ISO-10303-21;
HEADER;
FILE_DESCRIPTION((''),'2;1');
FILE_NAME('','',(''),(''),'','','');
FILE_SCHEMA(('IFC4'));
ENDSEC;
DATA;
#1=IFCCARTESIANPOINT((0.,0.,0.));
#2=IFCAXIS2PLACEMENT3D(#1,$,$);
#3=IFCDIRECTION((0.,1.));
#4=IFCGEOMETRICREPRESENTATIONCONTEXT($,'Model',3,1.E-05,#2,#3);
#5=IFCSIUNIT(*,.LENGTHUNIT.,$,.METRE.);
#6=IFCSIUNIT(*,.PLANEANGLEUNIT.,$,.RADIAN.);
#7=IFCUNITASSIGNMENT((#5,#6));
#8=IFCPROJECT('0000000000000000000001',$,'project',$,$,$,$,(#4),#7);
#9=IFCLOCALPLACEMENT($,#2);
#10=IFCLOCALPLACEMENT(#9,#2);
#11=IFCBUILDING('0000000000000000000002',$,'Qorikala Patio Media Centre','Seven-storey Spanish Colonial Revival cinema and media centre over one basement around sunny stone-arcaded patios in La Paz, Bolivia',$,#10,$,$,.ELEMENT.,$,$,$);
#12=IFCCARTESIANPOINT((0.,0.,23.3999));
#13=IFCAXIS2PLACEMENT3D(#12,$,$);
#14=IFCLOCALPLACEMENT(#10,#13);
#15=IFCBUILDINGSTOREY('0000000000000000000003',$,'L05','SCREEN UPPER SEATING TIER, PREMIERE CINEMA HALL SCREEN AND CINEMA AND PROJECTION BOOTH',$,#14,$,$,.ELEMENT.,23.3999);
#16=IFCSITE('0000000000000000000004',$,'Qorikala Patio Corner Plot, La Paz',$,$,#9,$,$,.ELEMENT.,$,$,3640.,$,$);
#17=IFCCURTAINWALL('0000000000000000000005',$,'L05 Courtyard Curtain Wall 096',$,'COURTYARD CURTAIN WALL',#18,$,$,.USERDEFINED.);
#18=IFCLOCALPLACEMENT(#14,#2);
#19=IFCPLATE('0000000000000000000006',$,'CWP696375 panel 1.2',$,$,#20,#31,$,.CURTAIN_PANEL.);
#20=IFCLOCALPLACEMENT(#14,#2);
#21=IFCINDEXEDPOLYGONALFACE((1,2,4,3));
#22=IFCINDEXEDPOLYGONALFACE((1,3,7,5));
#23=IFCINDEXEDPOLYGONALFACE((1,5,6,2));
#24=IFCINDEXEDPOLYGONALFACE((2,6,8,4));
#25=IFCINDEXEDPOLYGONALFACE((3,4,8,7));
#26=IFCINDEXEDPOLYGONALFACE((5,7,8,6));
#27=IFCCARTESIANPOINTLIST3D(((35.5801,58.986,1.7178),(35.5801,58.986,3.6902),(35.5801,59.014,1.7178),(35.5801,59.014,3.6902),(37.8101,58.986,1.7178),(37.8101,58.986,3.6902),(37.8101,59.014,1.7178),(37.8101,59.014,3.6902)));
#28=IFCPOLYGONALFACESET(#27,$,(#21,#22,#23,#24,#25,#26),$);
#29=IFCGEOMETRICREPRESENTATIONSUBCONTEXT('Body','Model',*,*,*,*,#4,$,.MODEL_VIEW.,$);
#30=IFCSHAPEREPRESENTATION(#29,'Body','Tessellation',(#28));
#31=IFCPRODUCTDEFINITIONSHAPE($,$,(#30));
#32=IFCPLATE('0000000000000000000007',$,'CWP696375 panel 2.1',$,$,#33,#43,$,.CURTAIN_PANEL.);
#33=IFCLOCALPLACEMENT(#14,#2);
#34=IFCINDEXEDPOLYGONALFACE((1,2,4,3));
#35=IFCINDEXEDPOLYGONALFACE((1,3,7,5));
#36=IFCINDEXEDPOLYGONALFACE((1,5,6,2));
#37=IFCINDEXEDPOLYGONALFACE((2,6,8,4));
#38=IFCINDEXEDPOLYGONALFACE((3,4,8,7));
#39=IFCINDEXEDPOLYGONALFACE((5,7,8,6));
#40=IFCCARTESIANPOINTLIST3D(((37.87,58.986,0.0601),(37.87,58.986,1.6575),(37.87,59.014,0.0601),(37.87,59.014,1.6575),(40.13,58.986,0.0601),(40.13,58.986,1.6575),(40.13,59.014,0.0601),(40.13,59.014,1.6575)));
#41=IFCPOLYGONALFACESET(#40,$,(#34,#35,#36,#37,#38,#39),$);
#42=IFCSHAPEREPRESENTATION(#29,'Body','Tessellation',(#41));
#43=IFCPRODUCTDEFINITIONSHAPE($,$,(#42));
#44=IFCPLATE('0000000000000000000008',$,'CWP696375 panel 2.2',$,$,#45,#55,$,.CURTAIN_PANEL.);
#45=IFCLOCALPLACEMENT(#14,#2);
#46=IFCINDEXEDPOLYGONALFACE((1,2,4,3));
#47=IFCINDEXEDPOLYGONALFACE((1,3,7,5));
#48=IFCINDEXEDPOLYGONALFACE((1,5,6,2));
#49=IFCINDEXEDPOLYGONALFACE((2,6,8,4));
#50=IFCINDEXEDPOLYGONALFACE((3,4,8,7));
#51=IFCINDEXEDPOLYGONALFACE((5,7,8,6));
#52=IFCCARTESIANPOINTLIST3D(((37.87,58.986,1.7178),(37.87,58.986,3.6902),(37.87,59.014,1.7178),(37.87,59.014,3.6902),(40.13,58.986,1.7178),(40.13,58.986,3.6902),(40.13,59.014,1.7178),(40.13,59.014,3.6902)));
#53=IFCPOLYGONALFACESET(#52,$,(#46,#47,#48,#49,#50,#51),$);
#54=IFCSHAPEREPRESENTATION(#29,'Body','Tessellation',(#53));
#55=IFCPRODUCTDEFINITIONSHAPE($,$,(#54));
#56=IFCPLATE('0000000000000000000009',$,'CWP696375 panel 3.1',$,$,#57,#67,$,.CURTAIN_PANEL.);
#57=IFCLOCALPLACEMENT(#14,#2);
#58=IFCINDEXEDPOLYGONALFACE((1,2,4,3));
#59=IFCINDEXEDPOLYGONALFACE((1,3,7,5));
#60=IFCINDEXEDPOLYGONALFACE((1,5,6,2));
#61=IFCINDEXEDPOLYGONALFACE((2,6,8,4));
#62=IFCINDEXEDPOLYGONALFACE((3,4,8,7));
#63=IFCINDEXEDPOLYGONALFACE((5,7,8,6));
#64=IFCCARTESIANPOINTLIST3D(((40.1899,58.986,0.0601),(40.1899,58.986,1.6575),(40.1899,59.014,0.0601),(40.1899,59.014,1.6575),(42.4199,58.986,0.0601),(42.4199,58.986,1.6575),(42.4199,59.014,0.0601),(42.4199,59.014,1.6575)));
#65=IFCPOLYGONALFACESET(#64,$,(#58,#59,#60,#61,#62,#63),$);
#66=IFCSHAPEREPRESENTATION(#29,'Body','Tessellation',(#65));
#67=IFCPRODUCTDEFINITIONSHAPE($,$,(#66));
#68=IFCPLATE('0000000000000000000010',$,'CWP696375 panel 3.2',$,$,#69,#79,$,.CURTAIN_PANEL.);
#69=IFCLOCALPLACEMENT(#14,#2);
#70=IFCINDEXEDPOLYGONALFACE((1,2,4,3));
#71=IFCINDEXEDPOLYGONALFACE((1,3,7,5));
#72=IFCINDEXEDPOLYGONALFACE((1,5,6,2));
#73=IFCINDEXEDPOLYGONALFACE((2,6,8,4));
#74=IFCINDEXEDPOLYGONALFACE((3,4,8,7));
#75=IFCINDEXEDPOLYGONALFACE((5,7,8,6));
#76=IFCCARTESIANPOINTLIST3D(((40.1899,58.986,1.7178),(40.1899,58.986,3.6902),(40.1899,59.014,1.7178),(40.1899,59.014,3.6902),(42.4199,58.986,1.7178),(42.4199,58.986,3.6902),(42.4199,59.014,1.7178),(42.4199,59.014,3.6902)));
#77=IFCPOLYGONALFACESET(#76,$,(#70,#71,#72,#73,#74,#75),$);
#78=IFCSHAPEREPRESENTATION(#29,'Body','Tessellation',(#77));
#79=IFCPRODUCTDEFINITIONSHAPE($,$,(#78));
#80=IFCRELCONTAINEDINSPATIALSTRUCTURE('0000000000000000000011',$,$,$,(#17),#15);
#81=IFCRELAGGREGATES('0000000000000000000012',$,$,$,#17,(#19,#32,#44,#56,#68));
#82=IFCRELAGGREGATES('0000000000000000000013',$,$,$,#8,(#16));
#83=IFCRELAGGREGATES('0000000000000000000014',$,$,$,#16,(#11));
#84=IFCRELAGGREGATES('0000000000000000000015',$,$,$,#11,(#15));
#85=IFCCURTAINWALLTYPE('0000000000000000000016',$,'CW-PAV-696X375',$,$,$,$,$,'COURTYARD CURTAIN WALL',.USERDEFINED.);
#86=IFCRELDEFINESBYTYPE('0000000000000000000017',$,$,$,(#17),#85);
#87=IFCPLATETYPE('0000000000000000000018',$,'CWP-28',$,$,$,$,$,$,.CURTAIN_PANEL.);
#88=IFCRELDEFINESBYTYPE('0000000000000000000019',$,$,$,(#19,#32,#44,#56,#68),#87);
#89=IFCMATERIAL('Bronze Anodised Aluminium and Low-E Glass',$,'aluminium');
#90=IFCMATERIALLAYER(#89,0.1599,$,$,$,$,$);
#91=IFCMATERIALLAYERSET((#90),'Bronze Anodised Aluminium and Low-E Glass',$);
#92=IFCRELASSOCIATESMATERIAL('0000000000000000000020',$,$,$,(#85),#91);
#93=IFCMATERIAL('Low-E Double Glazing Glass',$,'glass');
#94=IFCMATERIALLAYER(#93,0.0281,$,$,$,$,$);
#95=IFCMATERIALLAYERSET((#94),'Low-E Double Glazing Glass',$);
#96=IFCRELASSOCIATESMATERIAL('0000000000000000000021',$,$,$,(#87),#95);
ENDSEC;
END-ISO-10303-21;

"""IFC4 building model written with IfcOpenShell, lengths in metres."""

from ifc_helpers import new_model, si_unit, direction, frame, origin, origin_2d, place, context, subcontext, project, spatial, rectangle, extrude, material, layer, layer_set, type_object, element, aggregate, save


model = new_model("IFC4")

# Units and contexts
model_context = context("Model", 3, precision=1e-05, world=origin(), true_north=direction((0.0, 1.0)))
body_context = subcontext(model_context, "Body", "Model", "MODEL_VIEW")
ifc_project = project(units=[si_unit("LENGTHUNIT", "METRE"), si_unit("PLANEANGLEUNIT", "RADIAN")], contexts=[model_context])

# Site, building, storey
site_placement = place(None, origin())
site = spatial("IfcSite", under=ifc_project, at=site_placement, Name="Qorikala Patio Corner Plot, La Paz", CompositionType="ELEMENT", RefElevation=3640.0)
building_placement = place(site_placement, origin())
building = spatial("IfcBuilding", under=site, at=building_placement, Name="Qorikala Patio Media Centre", Description="Seven-storey Spanish Colonial Revival cinema and media centre over one basement around sunny stone-arcaded patios in La Paz, Bolivia", CompositionType="ELEMENT")
storey_placement = place(building_placement, frame((0.0, 0.0, 23.3999)))
storey = spatial("IfcBuildingStorey", under=building, at=storey_placement, Name="L05", Description="SCREEN UPPER SEATING TIER, PREMIERE CINEMA HALL SCREEN AND CINEMA AND PROJECTION BOOTH", CompositionType="ELEMENT", Elevation=23.3999)

# Curtain wall
ifc_material_1 = material(Name="Bronze Anodised Aluminium and Low-E Glass", Category="aluminium")
ifc_layer_1 = layer(ifc_material_1, 0.1599)
ifc_layer_set_1 = layer_set([ifc_layer_1], Name="Bronze Anodised Aluminium and Low-E Glass")
curtain_wall_type = type_object("IfcCurtainWallType", Name="CW-PAV-696X375", ElementType="COURTYARD CURTAIN WALL", PredefinedType="USERDEFINED", material=ifc_layer_set_1)
curtain_wall_1_placement = place(storey_placement, origin())
curtain_wall_1 = element("IfcCurtainWall", 1, at=curtain_wall_1_placement, inside=storey, type_object=curtain_wall_type, Name="L05 Courtyard Curtain Wall 096", ObjectType="COURTYARD CURTAIN WALL", PredefinedType="USERDEFINED")

# Plates
ifc_material_2 = material(Name="Low-E Double Glazing Glass", Category="glass")
ifc_layer_2 = layer(ifc_material_2, 0.0281)
ifc_layer_set_2 = layer_set([ifc_layer_2], Name="Low-E Double Glazing Glass")
plate_type = type_object("IfcPlateType", Name="CWP-28", PredefinedType="CURTAIN_PANEL", material=ifc_layer_set_2)
plate_1_placement = place(storey_placement, frame((36.6951, 59.0, 1.7178), z_axis=(0.0, 0.0, 1.0), x_axis=(1.0, 0.0, 0.0)))
plate_1 = element("IfcPlate", 2, at=plate_1_placement, type_object=plate_type, Name="CWP696375 panel 1.2", PredefinedType="CURTAIN_PANEL", context=body_context, shape_type="SweptSolid", body=[
    extrude(rectangle(XDim=2.23, YDim=0.0281, at=origin_2d()), origin(), (0.0, 0.0, 1.0), 1.9724),
])
plate_2_placement = place(storey_placement, frame((39.0, 59.0, 0.0601), z_axis=(0.0, 0.0, 1.0), x_axis=(1.0, 0.0, 0.0)))
plate_2 = element("IfcPlate", 3, at=plate_2_placement, type_object=plate_type, Name="CWP696375 panel 2.1", PredefinedType="CURTAIN_PANEL", context=body_context, shape_type="SweptSolid", body=[
    extrude(rectangle(XDim=2.26, YDim=0.0281, at=origin_2d()), origin(), (0.0, 0.0, 1.0), 1.5974),
])
plate_3_placement = place(storey_placement, frame((39.0, 59.0, 1.7178), z_axis=(0.0, 0.0, 1.0), x_axis=(1.0, 0.0, 0.0)))
plate_3 = element("IfcPlate", 4, at=plate_3_placement, type_object=plate_type, Name="CWP696375 panel 2.2", PredefinedType="CURTAIN_PANEL", context=body_context, shape_type="SweptSolid", body=[
    extrude(rectangle(XDim=2.26, YDim=0.0281, at=origin_2d()), origin(), (0.0, 0.0, 1.0), 1.9724),
])
plate_4_placement = place(storey_placement, frame((41.3049, 59.0, 0.0601), z_axis=(0.0, 0.0, 1.0), x_axis=(1.0, 0.0, 0.0)))
plate_4 = element("IfcPlate", 5, at=plate_4_placement, type_object=plate_type, Name="CWP696375 panel 3.1", PredefinedType="CURTAIN_PANEL", context=body_context, shape_type="SweptSolid", body=[
    extrude(rectangle(XDim=2.23, YDim=0.0281, at=origin_2d()), origin(), (0.0, 0.0, 1.0), 1.5974),
])
plate_5_placement = place(storey_placement, frame((41.3049, 59.0, 1.7178), z_axis=(0.0, 0.0, 1.0), x_axis=(1.0, 0.0, 0.0)))
plate_5 = element("IfcPlate", 6, at=plate_5_placement, type_object=plate_type, Name="CWP696375 panel 3.2", PredefinedType="CURTAIN_PANEL", context=body_context, shape_type="SweptSolid", body=[
    extrude(rectangle(XDim=2.23, YDim=0.0281, at=origin_2d()), origin(), (0.0, 0.0, 1.0), 1.9724),
])
aggregate(curtain_wall_1, [plate_1, plate_2, plate_3, plate_4, plate_5])

save(model, "model.ifc")
